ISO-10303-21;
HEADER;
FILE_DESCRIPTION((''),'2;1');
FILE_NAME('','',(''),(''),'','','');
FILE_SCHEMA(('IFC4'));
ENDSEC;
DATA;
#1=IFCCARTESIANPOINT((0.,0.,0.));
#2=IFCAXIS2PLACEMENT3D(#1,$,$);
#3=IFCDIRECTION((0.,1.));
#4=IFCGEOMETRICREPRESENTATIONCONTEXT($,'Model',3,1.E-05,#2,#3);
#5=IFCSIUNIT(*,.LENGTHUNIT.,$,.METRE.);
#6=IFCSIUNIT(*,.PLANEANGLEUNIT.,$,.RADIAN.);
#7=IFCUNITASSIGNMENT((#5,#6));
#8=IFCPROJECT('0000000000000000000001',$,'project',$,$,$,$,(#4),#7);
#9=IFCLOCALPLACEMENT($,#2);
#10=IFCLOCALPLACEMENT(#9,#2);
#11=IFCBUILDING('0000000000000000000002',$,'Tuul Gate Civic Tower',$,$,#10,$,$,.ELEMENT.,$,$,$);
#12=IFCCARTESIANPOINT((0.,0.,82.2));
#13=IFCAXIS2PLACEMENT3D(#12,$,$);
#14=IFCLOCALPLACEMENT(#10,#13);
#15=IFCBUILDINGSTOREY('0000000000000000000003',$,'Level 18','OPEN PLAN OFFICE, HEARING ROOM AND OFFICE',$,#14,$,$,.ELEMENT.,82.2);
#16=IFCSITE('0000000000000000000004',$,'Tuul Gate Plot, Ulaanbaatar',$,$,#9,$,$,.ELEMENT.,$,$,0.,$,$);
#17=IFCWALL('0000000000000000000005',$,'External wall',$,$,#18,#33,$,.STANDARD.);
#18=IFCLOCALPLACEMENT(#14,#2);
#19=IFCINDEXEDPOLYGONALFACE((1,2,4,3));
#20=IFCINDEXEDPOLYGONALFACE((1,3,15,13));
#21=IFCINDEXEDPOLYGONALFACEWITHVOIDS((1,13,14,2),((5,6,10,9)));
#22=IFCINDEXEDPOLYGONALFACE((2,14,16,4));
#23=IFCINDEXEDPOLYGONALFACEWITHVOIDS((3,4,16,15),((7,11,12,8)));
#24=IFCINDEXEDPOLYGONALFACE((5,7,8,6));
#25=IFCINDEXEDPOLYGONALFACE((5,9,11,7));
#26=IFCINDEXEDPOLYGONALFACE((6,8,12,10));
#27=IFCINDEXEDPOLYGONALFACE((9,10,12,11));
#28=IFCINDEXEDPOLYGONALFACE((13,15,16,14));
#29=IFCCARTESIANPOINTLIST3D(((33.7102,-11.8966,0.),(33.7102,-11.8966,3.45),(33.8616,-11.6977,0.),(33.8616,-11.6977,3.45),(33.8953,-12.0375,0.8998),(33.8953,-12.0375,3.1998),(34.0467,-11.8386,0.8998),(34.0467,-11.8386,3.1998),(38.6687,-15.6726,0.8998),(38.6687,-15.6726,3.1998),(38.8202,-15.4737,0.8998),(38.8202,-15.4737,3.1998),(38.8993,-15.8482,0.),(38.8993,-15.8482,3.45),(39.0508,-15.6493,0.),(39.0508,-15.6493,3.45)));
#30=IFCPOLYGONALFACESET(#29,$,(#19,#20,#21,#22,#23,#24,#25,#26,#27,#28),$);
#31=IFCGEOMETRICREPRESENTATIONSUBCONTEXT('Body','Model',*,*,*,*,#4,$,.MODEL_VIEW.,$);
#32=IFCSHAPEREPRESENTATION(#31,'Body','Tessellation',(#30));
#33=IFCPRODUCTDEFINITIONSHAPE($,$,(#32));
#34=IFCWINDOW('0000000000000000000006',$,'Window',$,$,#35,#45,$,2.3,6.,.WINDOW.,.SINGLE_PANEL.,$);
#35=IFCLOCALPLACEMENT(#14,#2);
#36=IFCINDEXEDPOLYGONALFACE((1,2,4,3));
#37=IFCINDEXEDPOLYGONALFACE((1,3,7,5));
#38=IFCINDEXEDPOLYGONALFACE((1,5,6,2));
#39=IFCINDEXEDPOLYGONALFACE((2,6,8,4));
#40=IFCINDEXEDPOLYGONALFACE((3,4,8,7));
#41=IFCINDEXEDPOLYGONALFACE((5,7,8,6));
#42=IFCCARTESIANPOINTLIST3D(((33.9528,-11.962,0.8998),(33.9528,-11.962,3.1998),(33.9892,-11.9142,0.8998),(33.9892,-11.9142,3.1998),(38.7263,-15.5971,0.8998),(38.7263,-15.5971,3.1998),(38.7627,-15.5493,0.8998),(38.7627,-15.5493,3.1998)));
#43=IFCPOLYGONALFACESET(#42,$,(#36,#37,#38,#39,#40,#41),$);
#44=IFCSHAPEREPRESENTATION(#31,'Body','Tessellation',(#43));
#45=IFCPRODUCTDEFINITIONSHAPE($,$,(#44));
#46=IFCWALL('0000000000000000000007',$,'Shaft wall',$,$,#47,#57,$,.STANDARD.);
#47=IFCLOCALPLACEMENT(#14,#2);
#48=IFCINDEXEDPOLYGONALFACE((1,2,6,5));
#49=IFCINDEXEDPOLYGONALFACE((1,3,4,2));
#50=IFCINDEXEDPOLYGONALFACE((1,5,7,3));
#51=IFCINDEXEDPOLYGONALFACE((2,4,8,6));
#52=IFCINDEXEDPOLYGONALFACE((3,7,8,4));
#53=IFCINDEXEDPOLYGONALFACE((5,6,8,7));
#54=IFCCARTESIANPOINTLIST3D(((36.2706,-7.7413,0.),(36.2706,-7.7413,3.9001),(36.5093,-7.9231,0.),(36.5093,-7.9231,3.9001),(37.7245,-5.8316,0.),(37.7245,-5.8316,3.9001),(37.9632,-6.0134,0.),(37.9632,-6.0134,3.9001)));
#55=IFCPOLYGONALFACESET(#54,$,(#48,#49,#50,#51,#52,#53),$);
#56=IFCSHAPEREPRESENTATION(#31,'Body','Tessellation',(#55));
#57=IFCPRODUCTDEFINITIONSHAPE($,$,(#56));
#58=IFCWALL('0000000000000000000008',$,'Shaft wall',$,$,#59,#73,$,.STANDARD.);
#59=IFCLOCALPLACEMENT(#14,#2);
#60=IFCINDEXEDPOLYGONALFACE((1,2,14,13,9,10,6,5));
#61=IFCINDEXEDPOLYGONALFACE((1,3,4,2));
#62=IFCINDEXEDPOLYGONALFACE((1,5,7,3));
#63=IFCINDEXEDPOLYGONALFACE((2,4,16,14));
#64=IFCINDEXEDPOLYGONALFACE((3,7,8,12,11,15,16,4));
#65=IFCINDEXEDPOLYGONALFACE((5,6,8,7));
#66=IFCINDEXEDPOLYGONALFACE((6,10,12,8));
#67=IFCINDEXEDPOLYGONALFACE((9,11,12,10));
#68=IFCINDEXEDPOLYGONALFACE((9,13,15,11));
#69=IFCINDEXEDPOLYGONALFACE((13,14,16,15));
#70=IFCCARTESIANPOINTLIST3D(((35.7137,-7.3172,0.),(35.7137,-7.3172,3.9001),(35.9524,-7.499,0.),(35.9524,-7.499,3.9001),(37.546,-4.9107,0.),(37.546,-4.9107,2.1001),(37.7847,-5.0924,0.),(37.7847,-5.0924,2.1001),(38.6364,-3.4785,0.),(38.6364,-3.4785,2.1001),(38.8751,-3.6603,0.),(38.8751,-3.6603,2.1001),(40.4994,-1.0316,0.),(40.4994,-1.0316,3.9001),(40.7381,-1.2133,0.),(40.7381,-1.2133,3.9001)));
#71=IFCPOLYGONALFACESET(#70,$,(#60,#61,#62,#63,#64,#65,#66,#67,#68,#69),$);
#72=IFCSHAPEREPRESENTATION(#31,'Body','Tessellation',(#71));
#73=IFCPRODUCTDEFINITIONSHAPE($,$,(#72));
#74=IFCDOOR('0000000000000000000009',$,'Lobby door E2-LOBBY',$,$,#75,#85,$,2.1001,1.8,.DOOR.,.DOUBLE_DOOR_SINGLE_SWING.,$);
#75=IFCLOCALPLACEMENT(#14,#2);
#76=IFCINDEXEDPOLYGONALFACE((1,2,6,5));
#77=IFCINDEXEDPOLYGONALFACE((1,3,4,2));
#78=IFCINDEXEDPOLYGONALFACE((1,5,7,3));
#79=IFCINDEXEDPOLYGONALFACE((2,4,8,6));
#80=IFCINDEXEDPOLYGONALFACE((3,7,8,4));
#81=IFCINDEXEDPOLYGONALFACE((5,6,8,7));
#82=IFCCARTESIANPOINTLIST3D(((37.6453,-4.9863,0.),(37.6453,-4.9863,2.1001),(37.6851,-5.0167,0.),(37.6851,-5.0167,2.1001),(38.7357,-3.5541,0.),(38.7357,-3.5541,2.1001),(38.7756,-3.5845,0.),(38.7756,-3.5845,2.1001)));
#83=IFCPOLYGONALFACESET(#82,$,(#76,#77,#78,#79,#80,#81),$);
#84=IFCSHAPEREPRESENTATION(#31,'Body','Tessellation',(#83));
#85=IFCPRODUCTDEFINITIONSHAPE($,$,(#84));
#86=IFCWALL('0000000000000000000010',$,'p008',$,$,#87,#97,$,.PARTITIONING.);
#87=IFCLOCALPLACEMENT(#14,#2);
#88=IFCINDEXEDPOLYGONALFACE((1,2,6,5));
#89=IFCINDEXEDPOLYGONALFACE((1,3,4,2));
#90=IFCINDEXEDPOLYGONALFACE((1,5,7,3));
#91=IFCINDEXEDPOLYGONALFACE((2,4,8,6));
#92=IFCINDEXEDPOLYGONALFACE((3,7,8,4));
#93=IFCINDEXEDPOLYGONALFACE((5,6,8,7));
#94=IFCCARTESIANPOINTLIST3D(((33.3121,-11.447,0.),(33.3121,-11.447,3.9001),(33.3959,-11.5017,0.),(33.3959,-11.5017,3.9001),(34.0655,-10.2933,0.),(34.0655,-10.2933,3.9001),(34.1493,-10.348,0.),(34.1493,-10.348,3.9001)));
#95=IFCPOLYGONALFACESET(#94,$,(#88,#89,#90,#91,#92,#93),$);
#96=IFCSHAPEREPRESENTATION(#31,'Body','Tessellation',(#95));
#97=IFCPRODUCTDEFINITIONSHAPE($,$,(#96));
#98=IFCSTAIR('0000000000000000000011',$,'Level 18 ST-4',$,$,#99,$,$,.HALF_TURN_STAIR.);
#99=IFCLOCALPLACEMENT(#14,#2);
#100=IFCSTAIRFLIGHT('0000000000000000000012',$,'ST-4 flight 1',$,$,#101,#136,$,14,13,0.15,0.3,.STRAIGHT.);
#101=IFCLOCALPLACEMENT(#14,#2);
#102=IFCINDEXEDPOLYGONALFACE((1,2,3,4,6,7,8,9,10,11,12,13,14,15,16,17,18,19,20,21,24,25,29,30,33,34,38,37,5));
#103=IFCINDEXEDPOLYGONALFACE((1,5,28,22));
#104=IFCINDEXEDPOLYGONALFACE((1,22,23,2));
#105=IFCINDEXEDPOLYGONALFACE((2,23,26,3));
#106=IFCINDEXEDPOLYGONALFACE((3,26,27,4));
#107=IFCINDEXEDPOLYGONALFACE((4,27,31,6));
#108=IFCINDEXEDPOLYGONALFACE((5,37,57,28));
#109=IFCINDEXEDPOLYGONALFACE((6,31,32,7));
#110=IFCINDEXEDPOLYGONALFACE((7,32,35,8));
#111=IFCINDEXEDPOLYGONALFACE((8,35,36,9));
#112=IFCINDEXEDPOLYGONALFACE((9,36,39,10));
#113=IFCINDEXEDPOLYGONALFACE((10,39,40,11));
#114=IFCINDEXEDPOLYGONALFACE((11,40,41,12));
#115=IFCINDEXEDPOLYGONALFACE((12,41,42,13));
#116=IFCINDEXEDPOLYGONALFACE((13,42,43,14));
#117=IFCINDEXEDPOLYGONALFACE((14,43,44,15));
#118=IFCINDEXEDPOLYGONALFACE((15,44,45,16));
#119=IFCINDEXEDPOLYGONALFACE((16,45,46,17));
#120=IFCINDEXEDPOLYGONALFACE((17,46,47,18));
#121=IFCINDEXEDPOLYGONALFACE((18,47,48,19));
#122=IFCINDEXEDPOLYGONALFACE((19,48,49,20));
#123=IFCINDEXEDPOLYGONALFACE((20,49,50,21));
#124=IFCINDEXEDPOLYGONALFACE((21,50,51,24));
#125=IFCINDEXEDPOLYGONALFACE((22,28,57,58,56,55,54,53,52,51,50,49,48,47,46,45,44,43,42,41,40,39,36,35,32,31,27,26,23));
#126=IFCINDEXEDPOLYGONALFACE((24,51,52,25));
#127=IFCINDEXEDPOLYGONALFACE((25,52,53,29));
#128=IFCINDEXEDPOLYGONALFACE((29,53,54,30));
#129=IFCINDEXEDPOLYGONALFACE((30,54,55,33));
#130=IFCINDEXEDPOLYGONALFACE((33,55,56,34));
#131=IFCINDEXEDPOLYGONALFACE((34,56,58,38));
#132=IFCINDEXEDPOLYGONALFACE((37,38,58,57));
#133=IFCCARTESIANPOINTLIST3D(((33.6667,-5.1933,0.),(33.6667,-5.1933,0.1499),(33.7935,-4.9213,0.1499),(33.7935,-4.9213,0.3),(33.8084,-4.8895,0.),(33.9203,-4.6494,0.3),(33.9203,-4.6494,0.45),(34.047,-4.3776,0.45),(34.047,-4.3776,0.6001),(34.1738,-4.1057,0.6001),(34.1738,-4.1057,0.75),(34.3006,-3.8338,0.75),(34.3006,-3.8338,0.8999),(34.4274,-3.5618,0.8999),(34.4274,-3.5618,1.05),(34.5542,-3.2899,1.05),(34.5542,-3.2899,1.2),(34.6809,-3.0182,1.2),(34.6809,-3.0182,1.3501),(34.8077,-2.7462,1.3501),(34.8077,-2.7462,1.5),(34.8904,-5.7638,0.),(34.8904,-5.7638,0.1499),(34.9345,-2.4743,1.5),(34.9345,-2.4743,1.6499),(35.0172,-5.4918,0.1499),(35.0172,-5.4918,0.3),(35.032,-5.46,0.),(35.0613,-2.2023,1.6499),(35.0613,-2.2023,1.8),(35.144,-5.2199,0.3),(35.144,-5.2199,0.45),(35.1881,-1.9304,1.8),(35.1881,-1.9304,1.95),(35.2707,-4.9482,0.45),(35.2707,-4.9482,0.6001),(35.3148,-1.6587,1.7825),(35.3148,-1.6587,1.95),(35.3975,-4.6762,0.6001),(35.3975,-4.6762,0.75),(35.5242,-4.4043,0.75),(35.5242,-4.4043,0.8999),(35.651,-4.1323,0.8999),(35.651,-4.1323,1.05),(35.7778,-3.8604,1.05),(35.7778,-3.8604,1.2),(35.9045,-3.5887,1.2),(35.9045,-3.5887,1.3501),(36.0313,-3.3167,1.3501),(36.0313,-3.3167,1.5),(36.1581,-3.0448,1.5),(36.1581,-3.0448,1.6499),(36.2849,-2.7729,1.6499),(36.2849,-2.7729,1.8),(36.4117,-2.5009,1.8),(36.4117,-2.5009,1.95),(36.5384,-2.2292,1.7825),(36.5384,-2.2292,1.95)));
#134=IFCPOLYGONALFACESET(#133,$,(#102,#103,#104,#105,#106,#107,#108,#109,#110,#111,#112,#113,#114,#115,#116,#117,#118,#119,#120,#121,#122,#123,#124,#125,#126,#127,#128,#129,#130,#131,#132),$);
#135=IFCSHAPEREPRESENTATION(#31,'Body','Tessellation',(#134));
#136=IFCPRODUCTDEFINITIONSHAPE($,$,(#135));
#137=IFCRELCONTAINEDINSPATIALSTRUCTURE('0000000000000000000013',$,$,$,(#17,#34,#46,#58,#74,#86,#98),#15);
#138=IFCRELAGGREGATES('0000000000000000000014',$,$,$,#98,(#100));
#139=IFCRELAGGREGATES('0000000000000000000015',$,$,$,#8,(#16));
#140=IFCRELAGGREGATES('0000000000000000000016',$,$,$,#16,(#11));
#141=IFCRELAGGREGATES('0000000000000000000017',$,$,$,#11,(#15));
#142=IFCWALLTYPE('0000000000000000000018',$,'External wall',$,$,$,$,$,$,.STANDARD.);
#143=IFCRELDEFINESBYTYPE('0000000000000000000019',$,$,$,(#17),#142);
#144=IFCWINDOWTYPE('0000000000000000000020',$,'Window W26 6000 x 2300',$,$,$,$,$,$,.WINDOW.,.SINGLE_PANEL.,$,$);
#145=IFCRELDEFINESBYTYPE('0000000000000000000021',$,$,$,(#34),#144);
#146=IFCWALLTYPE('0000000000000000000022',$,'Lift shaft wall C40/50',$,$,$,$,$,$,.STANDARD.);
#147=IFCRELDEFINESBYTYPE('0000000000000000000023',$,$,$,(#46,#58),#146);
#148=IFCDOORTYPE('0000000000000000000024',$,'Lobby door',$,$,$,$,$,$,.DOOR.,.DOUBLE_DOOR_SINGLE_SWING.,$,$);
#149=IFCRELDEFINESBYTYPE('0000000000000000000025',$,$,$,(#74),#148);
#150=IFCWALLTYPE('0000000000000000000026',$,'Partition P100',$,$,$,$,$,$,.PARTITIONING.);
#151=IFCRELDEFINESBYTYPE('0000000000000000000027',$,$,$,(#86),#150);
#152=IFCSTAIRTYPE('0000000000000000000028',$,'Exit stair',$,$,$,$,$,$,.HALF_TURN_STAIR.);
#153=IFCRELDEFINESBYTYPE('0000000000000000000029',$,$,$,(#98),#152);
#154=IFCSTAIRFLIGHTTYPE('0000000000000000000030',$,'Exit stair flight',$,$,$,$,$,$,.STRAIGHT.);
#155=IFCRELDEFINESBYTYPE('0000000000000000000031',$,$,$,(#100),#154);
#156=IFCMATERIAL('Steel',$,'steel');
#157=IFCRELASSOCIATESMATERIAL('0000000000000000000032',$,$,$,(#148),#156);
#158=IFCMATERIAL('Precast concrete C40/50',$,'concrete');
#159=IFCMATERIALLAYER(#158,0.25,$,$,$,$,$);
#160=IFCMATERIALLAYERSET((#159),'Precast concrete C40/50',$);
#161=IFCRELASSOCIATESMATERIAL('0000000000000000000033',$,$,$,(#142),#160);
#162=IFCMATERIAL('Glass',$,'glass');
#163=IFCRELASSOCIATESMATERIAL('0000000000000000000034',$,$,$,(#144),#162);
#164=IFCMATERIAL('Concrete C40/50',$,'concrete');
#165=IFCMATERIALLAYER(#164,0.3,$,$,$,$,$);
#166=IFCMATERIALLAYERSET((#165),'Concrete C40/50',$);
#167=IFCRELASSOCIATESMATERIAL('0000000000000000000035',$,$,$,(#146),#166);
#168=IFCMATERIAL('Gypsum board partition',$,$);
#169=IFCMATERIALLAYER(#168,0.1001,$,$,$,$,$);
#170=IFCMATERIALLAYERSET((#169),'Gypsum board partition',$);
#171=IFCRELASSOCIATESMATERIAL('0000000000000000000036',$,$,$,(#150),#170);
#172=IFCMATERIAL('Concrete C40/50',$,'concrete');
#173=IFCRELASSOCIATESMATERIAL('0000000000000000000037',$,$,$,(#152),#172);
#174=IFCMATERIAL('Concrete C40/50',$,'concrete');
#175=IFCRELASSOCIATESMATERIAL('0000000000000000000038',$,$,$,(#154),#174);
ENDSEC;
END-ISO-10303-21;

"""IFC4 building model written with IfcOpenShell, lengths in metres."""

from ifc_helpers import new_model, si_unit, direction, frame, frame_2d, origin, place, context, subcontext, project, spatial, polyline, rectangle, outline, extrude, material, layer, layer_set, type_object, element, fill, aggregate, save


model = new_model("IFC4")

# Units and contexts
model_context = context("Model", 3, precision=1e-05, world=origin(), true_north=direction((0.0, 1.0)))
body_context = subcontext(model_context, "Body", "Model", "MODEL_VIEW")
ifc_project = project(units=[si_unit("LENGTHUNIT", "METRE"), si_unit("PLANEANGLEUNIT", "RADIAN")], contexts=[model_context])

# Site, building, storey
site_placement = place(None, origin())
site = spatial("IfcSite", under=ifc_project, at=site_placement, Name="Tuul Gate Plot, Ulaanbaatar", CompositionType="ELEMENT", RefElevation=0.0)
building_placement = place(site_placement, origin())
building = spatial("IfcBuilding", under=site, at=building_placement, Name="Tuul Gate Civic Tower", CompositionType="ELEMENT")
storey_placement = place(building_placement, frame((0.0, 0.0, 82.2)))
storey = spatial("IfcBuildingStorey", under=building, at=storey_placement, Name="Level 18", Description="OPEN PLAN OFFICE, HEARING ROOM AND OFFICE", CompositionType="ELEMENT", Elevation=82.2)

# Shared definitions
ifc_material_1 = material(Name="Steel", Category="steel")
door_type_1 = type_object("IfcDoorType", Name="Lobby door", OperationType="DOUBLE_DOOR_SINGLE_SWING", PredefinedType="DOOR", material=ifc_material_1)

# Wall, opening, window
ifc_material_2 = material(Name="Precast concrete C40/50", Category="concrete")
ifc_layer_1 = layer(ifc_material_2, 0.25)
ifc_layer_set_1 = layer_set([ifc_layer_1], Name="Precast concrete C40/50")
wall_type_1 = type_object("IfcWallType", Name="External wall", PredefinedType="STANDARD", material=ifc_layer_set_1)
ifc_material_3 = material(Name="Glass", Category="glass")
window_type = type_object("IfcWindowType", Name="Window W26 6000 x 2300", PartitioningType="SINGLE_PANEL", PredefinedType="WINDOW", material=ifc_material_3)
wall_1_placement = place(storey_placement, frame((33.7859, -11.7971, 0.0), z_axis=(0.0, 0.0, 1.0), x_axis=(0.795581, -0.605847, 0.0)))
wall_1 = element("IfcWall", 1, at=wall_1_placement, inside=storey, type_object=wall_type_1, Name="External wall", PredefinedType="STANDARD", context=body_context, shape_type="SweptSolid", body=[
    extrude(rectangle(XDim=6.5225, YDim=0.25, at=frame_2d((3.2612, 0.0))), origin(), (0.0, 0.0, 1.0), 3.45),
])
opening_1_placement = place(wall_1_placement, frame((0.2327, 0.0, 0.8999)))
opening_1 = element("IfcOpeningElement", 2, at=opening_1_placement, cuts=wall_1, PredefinedType="OPENING", context=body_context, shape_type="SweptSolid", body=[
    extrude(rectangle(XDim=6.0, YDim=2.3, at=frame_2d((3.0, 1.1499))), frame((0.0, 0.135, 0.0), z_axis=(0.0, -1.0, 0.0), x_axis=(1.0, 0.0, 0.0)), (0.0, 0.0, 1.0), 0.27),
])
window_1_placement = place(opening_1_placement, origin())
window_1 = element("IfcWindow", 3, at=window_1_placement, inside=storey, type_object=window_type, Name="Window", OverallHeight=2.3, OverallWidth=6.0, PartitioningType="SINGLE_PANEL", PredefinedType="WINDOW", context=body_context, shape_type="SweptSolid", body=[
    extrude(rectangle(XDim=6.0, YDim=2.3, at=frame_2d((3.0, 1.1499))), frame((0.0, 0.03, 0.0), z_axis=(0.0, -1.0, 0.0), x_axis=(1.0, 0.0, 0.0)), (0.0, 0.0, 1.0), 0.0601),
])
fill(opening_1, window_1)

# Wall
ifc_material_4 = material(Name="Concrete C40/50", Category="concrete")
ifc_layer_2 = layer(ifc_material_4, 0.3)
ifc_layer_set_2 = layer_set([ifc_layer_2], Name="Concrete C40/50")
wall_type_2 = type_object("IfcWallType", Name="Lift shaft wall C40/50", PredefinedType="STANDARD", material=ifc_layer_set_2)
wall_2_placement = place(storey_placement, frame((36.3899, -7.8323, 0.0), z_axis=(0.0, 0.0, 1.0), x_axis=(0.605746, 0.795658, 0.0)))
element("IfcWall", 4, at=wall_2_placement, inside=storey, type_object=wall_type_2, Name="Shaft wall", PredefinedType="STANDARD", context=body_context, shape_type="SweptSolid", body=[
    extrude(rectangle(XDim=2.4001, YDim=0.3, at=frame_2d((1.2002, 0.0))), origin(), (0.0, 0.0, 1.0), 3.9001),
])

# Wall, opening, door
wall_3_placement = place(storey_placement, frame((35.833, -7.4082, 0.0), z_axis=(0.0, 0.0, 1.0), x_axis=(0.605769, 0.79564, 0.0)))
wall_3 = element("IfcWall", 5, at=wall_3_placement, inside=storey, type_object=wall_type_2, Name="Shaft wall", PredefinedType="STANDARD", context=body_context, shape_type="SweptSolid", body=[
    extrude(rectangle(XDim=7.9001, YDim=0.3, at=frame_2d((3.9502, 0.0))), origin(), (0.0, 0.0, 1.0), 3.9001),
])
opening_2_placement = place(wall_3_placement, frame((3.0249, 0.0, 0.0)))
opening_2 = element("IfcOpeningElement", 6, at=opening_2_placement, cuts=wall_3, PredefinedType="OPENING", context=body_context, shape_type="SweptSolid", body=[
    extrude(rectangle(XDim=1.8, YDim=2.1001, at=frame_2d((0.8999, 1.05))), frame((0.0, 0.1602, 0.0), z_axis=(0.0, -1.0, 0.0), x_axis=(1.0, 0.0, 0.0)), (0.0, 0.0, 1.0), 0.3201),
])
door_1_placement = place(opening_2_placement, frame((1.8, 0.0, 0.0), z_axis=(0.0, 0.0, 1.0), x_axis=(-1.0, 0.0, 0.0)))
door_1 = element("IfcDoor", 7, at=door_1_placement, inside=storey, type_object=door_type_1, Name="Lobby door E2-LOBBY", OperationType="DOUBLE_DOOR_SINGLE_SWING", OverallHeight=2.1001, OverallWidth=1.8, PredefinedType="DOOR", context=body_context, shape_type="SweptSolid", body=[
    extrude(rectangle(XDim=1.8, YDim=2.1001, at=frame_2d((0.9001, 1.05))), frame((0.0, 0.0249, 0.0), z_axis=(0.0, -1.0, 0.0), x_axis=(1.0, 0.0, 0.0)), (0.0, 0.0, 1.0), 0.05),
])
fill(opening_2, door_1)

# Wall
ifc_material_5 = material(Name="Gypsum board partition")
ifc_layer_3 = layer(ifc_material_5, 0.1001)
ifc_layer_set_3 = layer_set([ifc_layer_3], Name="Gypsum board partition")
wall_type_3 = type_object("IfcWallType", Name="Partition P100", PredefinedType="PARTITIONING", material=ifc_layer_set_3)
wall_4_placement = place(storey_placement, frame((33.354, -11.4744, 0.0), z_axis=(0.0, 0.0, 1.0), x_axis=(0.546743, 0.8373, 0.0)))
element("IfcWall", 8, at=wall_4_placement, inside=storey, type_object=wall_type_3, Name="p008", PredefinedType="PARTITIONING", context=body_context, shape_type="SweptSolid", body=[
    extrude(rectangle(XDim=1.3779, YDim=0.1001, at=frame_2d((0.689, 0.0))), origin(), (0.0, 0.0, 1.0), 3.9001),
])

# Stair, stair flight
ifc_material_6 = material(Name="Concrete C40/50", Category="concrete")
stair_type = type_object("IfcStairType", Name="Exit stair", PredefinedType="HALF_TURN_STAIR", material=ifc_material_6)
stair_placement = place(storey_placement, origin())
stair = element("IfcStair", 9, at=stair_placement, inside=storey, type_object=stair_type, Name="Level 18 ST-4", PredefinedType="HALF_TURN_STAIR")
ifc_material_7 = material(Name="Concrete C40/50", Category="concrete")
stair_flight_type = type_object("IfcStairFlightType", Name="Exit stair flight", PredefinedType="STRAIGHT", material=ifc_material_7)
stair_flight_placement = place(storey_placement, frame((34.2786, -5.4785, 0.0), z_axis=(0.0, 0.0, 1.0), x_axis=(0.422576, 0.906327, 0.0)))
stair_flight = element("IfcStairFlight", 10, at=stair_flight_placement, type_object=stair_flight_type, Name="ST-4 flight 1", NumberOfRisers=14, NumberOfTreads=13, PredefinedType="STRAIGHT", RiserHeight=0.15, TreadLength=0.3, context=body_context, shape_type="SweptSolid", body=[
    extrude(outline(polyline([(0.0, 0.0), (0.0, 0.1499), (0.3, 0.1499), (0.3, 0.3), (0.6001, 0.3), (0.6001, 0.45), (0.8999, 0.45), (0.8999, 0.6001), (1.2, 0.6001), (1.2, 0.75), (1.5, 0.75), (1.5, 0.8999), (1.8, 0.8999), (1.8, 1.05), (2.1001, 1.05), (2.1001, 1.2), (2.3999, 1.2), (2.3999, 1.3501), (2.7, 1.3501), (2.7, 1.5), (3.0, 1.5), (3.0, 1.6499), (3.3, 1.6499), (3.3, 1.8), (3.6001, 1.8), (3.6001, 1.95), (3.8999, 1.95), (3.8999, 2.1001), (3.8999, 1.7825), (0.3352, 0.0), (0.0, 0.0)])), frame((0.0, 0.675, 0.0), z_axis=(0.0, -1.0, 0.0), x_axis=(1.0, 0.0, 0.0)), (0.0, 0.0, 1.0), 1.3501),
])
aggregate(stair, [stair_flight])

save(model, "model.ifc")
